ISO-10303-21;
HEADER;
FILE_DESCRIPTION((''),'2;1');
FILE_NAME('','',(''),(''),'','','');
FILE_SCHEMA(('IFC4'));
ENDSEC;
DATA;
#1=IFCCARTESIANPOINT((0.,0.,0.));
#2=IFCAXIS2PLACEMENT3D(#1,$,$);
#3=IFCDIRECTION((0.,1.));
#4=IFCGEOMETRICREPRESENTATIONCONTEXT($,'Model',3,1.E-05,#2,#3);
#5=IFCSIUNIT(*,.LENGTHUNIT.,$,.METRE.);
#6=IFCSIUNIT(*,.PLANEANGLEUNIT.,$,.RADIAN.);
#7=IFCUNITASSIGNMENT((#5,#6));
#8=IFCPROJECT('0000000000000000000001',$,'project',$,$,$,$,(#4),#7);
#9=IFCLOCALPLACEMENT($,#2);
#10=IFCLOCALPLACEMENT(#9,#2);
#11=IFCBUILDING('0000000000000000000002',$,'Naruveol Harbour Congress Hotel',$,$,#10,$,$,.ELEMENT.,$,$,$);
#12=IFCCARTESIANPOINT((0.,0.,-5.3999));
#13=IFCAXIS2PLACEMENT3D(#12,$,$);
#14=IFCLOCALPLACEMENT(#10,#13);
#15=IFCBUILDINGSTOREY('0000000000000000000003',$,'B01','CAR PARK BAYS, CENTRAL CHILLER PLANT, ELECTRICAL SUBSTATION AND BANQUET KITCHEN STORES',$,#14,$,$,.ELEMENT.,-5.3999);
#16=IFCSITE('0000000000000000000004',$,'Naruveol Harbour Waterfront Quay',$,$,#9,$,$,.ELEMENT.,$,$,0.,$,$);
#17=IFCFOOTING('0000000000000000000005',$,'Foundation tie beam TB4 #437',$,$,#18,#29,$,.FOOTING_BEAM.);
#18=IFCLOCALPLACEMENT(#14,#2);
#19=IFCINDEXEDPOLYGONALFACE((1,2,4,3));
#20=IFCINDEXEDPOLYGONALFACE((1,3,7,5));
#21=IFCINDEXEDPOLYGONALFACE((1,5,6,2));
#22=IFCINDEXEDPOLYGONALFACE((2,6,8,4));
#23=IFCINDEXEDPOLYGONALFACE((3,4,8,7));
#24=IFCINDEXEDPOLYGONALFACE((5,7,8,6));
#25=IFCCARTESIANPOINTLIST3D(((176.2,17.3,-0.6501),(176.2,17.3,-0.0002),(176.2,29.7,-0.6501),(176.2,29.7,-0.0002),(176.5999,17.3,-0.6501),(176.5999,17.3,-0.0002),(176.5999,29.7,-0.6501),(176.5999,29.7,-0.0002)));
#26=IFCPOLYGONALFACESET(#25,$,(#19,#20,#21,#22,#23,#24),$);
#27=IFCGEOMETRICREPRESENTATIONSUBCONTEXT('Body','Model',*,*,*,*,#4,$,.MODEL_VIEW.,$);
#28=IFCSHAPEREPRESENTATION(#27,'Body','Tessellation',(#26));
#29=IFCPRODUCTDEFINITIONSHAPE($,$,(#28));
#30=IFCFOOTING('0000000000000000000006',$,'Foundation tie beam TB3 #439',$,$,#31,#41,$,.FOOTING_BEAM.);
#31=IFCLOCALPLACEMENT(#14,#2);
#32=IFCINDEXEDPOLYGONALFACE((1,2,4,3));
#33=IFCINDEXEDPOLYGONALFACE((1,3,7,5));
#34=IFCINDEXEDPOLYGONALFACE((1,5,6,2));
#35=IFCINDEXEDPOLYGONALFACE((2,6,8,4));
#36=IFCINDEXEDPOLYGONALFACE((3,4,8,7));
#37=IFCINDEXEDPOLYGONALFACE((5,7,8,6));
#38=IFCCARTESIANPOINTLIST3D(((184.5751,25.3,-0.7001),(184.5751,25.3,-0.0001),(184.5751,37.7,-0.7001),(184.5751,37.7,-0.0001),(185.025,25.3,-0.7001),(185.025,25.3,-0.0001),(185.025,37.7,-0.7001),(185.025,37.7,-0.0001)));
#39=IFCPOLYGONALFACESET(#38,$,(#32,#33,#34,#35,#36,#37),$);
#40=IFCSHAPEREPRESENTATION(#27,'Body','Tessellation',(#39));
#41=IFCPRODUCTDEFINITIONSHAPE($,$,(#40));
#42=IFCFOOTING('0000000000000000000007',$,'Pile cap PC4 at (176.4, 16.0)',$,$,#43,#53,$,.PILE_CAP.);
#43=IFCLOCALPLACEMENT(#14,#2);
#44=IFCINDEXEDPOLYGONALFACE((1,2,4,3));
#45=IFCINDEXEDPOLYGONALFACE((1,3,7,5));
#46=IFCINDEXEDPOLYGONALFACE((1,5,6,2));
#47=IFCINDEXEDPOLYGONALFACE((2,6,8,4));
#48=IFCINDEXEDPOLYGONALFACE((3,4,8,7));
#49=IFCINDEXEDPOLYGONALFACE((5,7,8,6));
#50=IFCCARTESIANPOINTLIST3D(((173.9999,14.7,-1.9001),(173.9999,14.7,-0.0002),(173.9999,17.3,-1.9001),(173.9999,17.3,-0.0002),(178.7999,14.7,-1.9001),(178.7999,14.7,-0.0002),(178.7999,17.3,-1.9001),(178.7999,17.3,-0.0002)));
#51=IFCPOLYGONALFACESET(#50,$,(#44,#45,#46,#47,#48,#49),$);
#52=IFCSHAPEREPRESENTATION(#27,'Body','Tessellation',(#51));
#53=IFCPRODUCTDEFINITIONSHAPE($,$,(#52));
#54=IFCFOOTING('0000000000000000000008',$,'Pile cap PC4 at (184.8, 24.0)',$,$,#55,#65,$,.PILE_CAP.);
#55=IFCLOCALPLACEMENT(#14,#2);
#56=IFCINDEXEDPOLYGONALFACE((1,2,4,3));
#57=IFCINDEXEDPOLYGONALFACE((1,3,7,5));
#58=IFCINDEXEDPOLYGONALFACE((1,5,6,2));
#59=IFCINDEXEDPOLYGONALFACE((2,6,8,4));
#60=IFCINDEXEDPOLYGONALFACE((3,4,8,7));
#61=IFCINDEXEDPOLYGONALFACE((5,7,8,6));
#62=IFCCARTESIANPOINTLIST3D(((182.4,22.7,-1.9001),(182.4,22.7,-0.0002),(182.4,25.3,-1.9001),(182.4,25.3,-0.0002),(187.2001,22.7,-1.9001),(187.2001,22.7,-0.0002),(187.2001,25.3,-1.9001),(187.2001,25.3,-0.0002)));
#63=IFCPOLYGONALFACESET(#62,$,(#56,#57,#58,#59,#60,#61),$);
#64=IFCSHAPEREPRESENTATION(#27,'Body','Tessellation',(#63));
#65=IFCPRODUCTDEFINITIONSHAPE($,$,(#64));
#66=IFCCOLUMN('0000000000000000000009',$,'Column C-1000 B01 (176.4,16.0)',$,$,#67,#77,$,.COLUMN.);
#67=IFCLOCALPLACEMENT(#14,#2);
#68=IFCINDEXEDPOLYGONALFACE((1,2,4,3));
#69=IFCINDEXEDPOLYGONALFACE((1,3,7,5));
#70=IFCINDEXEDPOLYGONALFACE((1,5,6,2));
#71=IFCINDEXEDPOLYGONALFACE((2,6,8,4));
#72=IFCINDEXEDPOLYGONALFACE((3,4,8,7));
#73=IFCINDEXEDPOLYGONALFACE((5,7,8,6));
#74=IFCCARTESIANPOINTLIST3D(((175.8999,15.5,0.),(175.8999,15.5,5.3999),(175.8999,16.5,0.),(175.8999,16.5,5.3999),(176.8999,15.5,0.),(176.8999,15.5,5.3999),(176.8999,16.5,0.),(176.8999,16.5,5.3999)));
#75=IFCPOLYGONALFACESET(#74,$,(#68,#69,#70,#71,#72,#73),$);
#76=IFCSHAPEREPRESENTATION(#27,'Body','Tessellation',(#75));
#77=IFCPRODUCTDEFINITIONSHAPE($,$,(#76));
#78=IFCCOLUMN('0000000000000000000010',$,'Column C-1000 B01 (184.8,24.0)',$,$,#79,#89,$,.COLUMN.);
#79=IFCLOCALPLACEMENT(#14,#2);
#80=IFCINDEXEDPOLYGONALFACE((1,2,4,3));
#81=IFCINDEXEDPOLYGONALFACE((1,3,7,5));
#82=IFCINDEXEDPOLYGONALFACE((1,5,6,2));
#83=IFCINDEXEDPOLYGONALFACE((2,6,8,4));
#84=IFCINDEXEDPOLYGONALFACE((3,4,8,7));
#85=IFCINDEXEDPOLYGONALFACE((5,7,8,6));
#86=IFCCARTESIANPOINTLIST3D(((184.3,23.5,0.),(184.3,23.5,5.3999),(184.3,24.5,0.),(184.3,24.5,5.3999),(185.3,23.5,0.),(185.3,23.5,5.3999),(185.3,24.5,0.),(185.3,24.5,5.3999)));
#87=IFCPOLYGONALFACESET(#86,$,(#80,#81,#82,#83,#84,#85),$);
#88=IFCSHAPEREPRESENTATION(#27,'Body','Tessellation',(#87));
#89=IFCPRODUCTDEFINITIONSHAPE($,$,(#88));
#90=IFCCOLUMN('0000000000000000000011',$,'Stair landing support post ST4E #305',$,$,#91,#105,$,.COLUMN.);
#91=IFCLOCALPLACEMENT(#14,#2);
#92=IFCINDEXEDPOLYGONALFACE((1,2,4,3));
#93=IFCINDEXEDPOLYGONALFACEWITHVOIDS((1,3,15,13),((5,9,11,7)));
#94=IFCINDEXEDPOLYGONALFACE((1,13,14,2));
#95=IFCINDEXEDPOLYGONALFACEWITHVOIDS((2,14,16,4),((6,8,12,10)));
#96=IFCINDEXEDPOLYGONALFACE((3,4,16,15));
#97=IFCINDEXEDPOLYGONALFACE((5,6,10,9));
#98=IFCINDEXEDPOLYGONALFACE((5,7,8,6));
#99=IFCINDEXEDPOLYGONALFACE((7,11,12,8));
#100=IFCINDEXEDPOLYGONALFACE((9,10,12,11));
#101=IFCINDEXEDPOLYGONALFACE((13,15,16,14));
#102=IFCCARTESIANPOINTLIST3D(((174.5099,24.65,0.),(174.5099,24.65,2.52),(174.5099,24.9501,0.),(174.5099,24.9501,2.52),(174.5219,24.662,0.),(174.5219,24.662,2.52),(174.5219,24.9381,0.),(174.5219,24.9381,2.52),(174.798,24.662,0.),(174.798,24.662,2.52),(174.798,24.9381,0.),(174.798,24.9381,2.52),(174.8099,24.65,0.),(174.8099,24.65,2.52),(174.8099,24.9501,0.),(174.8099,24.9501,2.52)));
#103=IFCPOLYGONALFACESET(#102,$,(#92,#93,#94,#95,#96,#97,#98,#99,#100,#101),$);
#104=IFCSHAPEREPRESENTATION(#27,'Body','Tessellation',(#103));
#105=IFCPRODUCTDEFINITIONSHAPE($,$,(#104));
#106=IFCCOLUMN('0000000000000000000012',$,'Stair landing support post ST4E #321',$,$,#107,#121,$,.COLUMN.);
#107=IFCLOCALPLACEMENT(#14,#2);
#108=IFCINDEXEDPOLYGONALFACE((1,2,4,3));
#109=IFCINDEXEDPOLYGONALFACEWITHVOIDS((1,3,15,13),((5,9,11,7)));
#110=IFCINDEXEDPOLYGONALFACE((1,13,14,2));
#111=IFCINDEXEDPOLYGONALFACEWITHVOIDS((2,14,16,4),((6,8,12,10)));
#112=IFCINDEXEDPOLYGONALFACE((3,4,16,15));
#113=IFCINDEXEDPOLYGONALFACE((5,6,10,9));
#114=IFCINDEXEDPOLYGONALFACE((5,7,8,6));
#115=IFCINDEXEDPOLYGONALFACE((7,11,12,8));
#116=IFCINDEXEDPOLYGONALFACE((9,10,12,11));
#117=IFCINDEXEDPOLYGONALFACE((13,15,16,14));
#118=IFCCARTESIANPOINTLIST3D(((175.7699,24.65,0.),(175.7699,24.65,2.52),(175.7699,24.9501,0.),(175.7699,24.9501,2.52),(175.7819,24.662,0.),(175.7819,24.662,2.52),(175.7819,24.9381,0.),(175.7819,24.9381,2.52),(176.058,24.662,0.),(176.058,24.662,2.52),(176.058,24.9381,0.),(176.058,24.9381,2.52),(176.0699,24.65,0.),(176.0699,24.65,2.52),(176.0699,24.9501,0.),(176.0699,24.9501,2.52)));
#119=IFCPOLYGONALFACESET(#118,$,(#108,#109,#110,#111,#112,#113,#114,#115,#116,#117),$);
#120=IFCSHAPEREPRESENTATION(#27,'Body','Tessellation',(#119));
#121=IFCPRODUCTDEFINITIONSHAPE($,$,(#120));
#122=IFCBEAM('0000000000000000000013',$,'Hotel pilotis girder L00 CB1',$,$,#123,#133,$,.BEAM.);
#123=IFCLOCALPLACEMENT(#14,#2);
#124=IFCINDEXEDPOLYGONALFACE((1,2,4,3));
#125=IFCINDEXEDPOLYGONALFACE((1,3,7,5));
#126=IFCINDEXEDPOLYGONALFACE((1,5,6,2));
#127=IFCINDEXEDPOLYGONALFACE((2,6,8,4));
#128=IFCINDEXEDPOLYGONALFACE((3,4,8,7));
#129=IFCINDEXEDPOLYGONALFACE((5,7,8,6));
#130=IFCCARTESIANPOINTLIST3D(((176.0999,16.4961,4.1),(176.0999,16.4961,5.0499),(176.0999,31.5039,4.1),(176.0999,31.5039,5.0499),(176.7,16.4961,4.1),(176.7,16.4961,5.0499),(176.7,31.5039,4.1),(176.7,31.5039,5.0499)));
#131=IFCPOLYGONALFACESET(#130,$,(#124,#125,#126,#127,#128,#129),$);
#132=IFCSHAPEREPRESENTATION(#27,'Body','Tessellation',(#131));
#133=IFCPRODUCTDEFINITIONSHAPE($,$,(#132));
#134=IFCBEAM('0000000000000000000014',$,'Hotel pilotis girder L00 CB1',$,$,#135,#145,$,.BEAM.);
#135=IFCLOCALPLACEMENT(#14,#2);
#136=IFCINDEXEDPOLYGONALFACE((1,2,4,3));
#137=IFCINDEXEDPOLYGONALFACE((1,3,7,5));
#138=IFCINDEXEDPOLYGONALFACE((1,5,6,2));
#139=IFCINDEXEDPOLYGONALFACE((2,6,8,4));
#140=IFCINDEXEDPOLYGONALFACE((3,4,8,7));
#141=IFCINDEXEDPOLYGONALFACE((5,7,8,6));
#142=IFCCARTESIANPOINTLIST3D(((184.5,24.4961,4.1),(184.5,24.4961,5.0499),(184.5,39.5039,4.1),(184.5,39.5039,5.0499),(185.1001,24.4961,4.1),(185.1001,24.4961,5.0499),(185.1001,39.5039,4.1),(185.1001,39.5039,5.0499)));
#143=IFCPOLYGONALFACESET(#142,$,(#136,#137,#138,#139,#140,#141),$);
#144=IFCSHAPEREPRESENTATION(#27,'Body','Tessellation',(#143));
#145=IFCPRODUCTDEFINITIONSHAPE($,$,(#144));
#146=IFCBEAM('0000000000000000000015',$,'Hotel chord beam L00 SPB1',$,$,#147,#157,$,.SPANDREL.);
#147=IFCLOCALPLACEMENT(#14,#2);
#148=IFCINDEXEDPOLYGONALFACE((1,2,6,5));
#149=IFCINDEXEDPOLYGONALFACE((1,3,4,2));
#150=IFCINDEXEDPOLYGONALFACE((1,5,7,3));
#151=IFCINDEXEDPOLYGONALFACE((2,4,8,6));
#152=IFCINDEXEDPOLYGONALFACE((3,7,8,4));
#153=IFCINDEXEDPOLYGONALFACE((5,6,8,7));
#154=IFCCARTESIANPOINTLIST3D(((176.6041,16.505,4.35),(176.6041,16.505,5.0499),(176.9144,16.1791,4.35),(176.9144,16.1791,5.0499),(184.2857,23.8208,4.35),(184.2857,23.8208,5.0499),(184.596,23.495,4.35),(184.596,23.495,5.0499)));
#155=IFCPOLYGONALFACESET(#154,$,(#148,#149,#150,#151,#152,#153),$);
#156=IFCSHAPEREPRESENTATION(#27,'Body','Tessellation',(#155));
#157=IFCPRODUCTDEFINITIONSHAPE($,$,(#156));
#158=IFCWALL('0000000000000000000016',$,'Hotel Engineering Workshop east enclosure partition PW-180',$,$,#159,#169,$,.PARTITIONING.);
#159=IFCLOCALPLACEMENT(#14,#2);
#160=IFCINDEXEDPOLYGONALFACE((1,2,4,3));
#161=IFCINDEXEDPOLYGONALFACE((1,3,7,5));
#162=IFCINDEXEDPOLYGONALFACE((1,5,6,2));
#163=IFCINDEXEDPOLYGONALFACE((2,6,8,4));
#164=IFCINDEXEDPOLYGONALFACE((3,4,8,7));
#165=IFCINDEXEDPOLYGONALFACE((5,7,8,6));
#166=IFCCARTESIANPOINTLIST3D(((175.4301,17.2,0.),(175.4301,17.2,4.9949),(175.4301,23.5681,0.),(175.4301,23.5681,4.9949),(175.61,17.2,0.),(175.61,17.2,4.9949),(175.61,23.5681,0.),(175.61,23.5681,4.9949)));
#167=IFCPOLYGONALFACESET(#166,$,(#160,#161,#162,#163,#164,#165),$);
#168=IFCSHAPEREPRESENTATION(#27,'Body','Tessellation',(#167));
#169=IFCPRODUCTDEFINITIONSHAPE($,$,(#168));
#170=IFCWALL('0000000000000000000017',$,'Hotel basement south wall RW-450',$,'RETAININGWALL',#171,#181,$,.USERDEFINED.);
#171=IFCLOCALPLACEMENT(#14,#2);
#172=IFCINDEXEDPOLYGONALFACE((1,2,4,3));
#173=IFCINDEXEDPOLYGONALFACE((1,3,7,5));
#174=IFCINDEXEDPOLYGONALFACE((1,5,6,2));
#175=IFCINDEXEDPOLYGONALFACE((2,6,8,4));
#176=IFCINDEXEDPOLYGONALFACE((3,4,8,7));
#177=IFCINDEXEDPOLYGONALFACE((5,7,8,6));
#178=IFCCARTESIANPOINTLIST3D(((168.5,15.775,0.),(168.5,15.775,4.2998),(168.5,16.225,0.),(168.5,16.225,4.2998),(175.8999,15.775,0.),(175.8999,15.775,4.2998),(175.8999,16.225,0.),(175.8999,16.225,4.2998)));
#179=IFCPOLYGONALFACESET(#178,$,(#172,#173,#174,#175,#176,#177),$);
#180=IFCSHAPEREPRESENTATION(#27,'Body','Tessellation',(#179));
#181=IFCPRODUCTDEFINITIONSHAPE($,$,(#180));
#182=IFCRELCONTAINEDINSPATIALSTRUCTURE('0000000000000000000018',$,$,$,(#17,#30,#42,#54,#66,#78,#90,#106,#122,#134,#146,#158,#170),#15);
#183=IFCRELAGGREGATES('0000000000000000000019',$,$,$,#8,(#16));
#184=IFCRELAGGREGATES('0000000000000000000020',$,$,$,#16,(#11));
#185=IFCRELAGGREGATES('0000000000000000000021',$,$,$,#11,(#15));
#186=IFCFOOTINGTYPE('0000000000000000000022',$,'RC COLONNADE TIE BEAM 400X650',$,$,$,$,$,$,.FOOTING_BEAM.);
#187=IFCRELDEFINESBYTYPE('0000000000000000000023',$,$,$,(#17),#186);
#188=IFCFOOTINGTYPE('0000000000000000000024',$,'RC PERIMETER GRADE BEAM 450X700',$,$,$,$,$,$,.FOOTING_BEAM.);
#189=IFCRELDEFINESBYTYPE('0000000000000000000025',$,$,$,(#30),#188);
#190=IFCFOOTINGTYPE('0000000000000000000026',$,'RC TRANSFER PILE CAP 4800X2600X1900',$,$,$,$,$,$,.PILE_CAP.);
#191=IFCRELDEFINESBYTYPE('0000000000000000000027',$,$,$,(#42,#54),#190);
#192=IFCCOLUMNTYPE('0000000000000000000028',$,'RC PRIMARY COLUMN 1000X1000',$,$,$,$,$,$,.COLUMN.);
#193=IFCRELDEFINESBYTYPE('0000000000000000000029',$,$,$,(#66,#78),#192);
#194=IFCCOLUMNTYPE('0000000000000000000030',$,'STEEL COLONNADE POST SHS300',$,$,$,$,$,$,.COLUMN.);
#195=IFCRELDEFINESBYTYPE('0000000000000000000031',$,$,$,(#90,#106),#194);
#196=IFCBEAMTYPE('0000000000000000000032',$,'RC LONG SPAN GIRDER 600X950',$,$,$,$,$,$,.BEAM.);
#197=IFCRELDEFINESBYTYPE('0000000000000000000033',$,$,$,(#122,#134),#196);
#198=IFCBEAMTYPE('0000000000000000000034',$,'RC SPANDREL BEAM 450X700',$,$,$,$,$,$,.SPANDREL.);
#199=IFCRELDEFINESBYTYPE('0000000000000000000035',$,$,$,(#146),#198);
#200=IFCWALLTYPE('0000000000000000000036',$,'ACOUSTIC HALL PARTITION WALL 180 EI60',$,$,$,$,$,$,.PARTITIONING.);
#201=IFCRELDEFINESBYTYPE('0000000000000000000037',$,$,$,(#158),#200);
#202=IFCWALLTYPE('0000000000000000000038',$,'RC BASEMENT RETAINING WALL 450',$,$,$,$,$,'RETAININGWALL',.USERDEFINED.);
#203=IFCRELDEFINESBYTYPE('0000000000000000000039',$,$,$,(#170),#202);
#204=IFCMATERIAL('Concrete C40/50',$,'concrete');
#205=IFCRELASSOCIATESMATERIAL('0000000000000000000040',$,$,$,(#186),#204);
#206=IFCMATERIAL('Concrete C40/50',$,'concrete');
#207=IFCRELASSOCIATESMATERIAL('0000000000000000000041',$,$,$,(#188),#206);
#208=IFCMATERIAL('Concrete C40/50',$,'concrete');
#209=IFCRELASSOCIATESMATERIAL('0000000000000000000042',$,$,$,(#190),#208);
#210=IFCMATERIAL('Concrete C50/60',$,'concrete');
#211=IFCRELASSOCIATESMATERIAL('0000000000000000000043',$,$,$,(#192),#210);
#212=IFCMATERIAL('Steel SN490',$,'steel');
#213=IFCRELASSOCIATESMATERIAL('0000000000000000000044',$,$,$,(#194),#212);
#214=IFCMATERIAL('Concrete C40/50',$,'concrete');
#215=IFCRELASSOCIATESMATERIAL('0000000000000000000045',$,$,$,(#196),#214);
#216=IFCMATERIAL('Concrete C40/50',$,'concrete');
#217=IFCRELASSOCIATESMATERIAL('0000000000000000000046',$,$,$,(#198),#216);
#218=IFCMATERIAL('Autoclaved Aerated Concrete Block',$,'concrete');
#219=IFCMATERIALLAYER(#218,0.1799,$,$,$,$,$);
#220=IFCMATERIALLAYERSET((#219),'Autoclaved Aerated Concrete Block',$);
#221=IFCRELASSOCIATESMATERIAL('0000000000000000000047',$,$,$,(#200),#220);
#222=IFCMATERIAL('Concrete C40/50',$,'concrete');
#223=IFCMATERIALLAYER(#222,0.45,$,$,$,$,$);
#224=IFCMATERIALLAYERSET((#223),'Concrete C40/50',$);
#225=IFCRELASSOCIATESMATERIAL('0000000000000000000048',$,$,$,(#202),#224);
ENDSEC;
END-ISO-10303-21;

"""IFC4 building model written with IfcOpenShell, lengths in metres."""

from ifc_helpers import new_model, si_unit, direction, frame, frame_2d, origin, origin_2d, place, context, subcontext, project, spatial, rectangle, hollow_rectangle, extrude, material, layer, layer_set, material_profile, profile_set, type_object, element, save


model = new_model("IFC4")

# Units and contexts
model_context = context("Model", 3, precision=1e-05, world=origin(), true_north=direction((0.0, 1.0)))
body_context = subcontext(model_context, "Body", "Model", "MODEL_VIEW")
ifc_project = project(units=[si_unit("LENGTHUNIT", "METRE"), si_unit("PLANEANGLEUNIT", "RADIAN")], contexts=[model_context])

# Site, building, storey
site_placement = place(None, origin())
site = spatial("IfcSite", under=ifc_project, at=site_placement, Name="Naruveol Harbour Waterfront Quay", CompositionType="ELEMENT", RefElevation=0.0)
building_placement = place(site_placement, origin())
building = spatial("IfcBuilding", under=site, at=building_placement, Name="Naruveol Harbour Congress Hotel", CompositionType="ELEMENT")
storey_placement = place(building_placement, frame((0.0, 0.0, -5.3999)))
storey = spatial("IfcBuildingStorey", under=building, at=storey_placement, Name="B01", Description="CAR PARK BAYS, CENTRAL CHILLER PLANT, ELECTRICAL SUBSTATION AND BANQUET KITCHEN STORES", CompositionType="ELEMENT", Elevation=-5.3999)

# Footings
ifc_material_1 = material(Name="Concrete C40/50", Category="concrete")
ifc_material_profile_1 = material_profile(ifc_material_1, rectangle(XDim=0.3999, YDim=0.6499, at=origin_2d()), Name="RCB-400x650")
ifc_profile_set_1 = profile_set([ifc_material_profile_1], Name="Concrete C40/50")
footing_type_1 = type_object("IfcFootingType", Name="RC COLONNADE TIE BEAM 400X650", PredefinedType="FOOTING_BEAM", material=ifc_profile_set_1)
footing_1_placement = place(storey_placement, frame((176.3999, 17.3, -0.3252), z_axis=(0.0, 1.0, 0.0), x_axis=(-1.0, 0.0, 0.0)))
element("IfcFooting", 1, at=footing_1_placement, inside=storey, type_object=footing_type_1, Name="Foundation tie beam TB4 #437", PredefinedType="FOOTING_BEAM", context=body_context, shape_type="SweptSolid", body=[
    extrude(rectangle(XDim=0.3999, YDim=0.6499, at=origin_2d()), origin(), (0.0, 0.0, 1.0), 12.3999),
])
ifc_material_2 = material(Name="Concrete C40/50", Category="concrete")
ifc_material_profile_2 = material_profile(ifc_material_2, rectangle(XDim=0.45, YDim=0.7, at=origin_2d()), Name="RCB-450x700")
ifc_profile_set_2 = profile_set([ifc_material_profile_2], Name="Concrete C40/50")
footing_type_2 = type_object("IfcFootingType", Name="RC PERIMETER GRADE BEAM 450X700", PredefinedType="FOOTING_BEAM", material=ifc_profile_set_2)
footing_2_placement = place(storey_placement, frame((184.8, 25.3, -0.3501), z_axis=(0.0, 1.0, 0.0), x_axis=(-1.0, 0.0, 0.0)))
element("IfcFooting", 2, at=footing_2_placement, inside=storey, type_object=footing_type_2, Name="Foundation tie beam TB3 #439", PredefinedType="FOOTING_BEAM", context=body_context, shape_type="SweptSolid", body=[
    extrude(rectangle(XDim=0.45, YDim=0.7, at=origin_2d()), origin(), (0.0, 0.0, 1.0), 12.3999),
])
ifc_material_3 = material(Name="Concrete C40/50", Category="concrete")
footing_type_3 = type_object("IfcFootingType", Name="RC TRANSFER PILE CAP 4800X2600X1900", PredefinedType="PILE_CAP", material=ifc_material_3)
for number, where, z_axis, x_axis, name in (
    (3, (176.3999, 16.0, -1.9001), (0.0, 0.0, 1.0), (1.0, 0.0, 0.0), "Pile cap PC4 at (176.4, 16.0)"),
    (4, (184.8, 24.0, -1.9001), (0.0, 0.0, 1.0), (1.0, 0.0, 0.0), "Pile cap PC4 at (184.8, 24.0)"),
):
    element("IfcFooting", number, at=place(storey_placement, frame(where, z_axis=z_axis, x_axis=x_axis)), inside=storey, type_object=footing_type_3, Name=name, PredefinedType="PILE_CAP", context=body_context, shape_type="SweptSolid", body=[
        extrude(rectangle(XDim=4.8, YDim=2.6001, at=origin_2d()), origin(), (0.0, 0.0, 1.0), 1.8999),
    ])

# Columns
ifc_material_4 = material(Name="Concrete C50/60", Category="concrete")
ifc_material_profile_3 = material_profile(ifc_material_4, rectangle(XDim=1.0, YDim=1.0, at=origin_2d()), Name="RC-1000x1000")
ifc_profile_set_3 = profile_set([ifc_material_profile_3], Name="Concrete C50/60")
column_type_1 = type_object("IfcColumnType", Name="RC PRIMARY COLUMN 1000X1000", PredefinedType="COLUMN", material=ifc_profile_set_3)
for number, where, z_axis, x_axis, name in (
    (5, (176.3999, 16.0, 0.0), (0.0, 0.0, 1.0), (1.0, 0.0, 0.0), "Column C-1000 B01 (176.4,16.0)"),
    (6, (184.8, 24.0, 0.0), (0.0, 0.0, 1.0), (1.0, 0.0, 0.0), "Column C-1000 B01 (184.8,24.0)"),
):
    element("IfcColumn", number, at=place(storey_placement, frame(where, z_axis=z_axis, x_axis=x_axis)), inside=storey, type_object=column_type_1, Name=name, PredefinedType="COLUMN", context=body_context, shape_type="SweptSolid", body=[
        extrude(rectangle(XDim=1.0, YDim=1.0, at=origin_2d()), origin(), (0.0, 0.0, 1.0), 5.3999),
    ])
ifc_material_5 = material(Name="Steel SN490", Category="steel")
ifc_material_profile_4 = material_profile(ifc_material_5, hollow_rectangle(XDim=0.3, YDim=0.3, WallThickness=0.012, at=origin_2d()), Name="SHS-300x300x12")
ifc_profile_set_4 = profile_set([ifc_material_profile_4], Name="Steel SN490")
column_type_2 = type_object("IfcColumnType", Name="STEEL COLONNADE POST SHS300", PredefinedType="COLUMN", material=ifc_profile_set_4)
for number, where, z_axis, x_axis, name in (
    (7, (174.6599, 24.8, 0.0), (0.0, 0.0, 1.0), (1.0, 0.0, 0.0), "Stair landing support post ST4E #305"),
    (8, (175.9199, 24.8, 0.0), (0.0, 0.0, 1.0), (1.0, 0.0, 0.0), "Stair landing support post ST4E #321"),
):
    element("IfcColumn", number, at=place(storey_placement, frame(where, z_axis=z_axis, x_axis=x_axis)), inside=storey, type_object=column_type_2, Name=name, PredefinedType="COLUMN", context=body_context, shape_type="SweptSolid", body=[
        extrude(hollow_rectangle(XDim=0.3, YDim=0.3, WallThickness=0.012, at=origin_2d()), origin(), (0.0, 0.0, 1.0), 2.52),
    ])

# Beams
ifc_material_6 = material(Name="Concrete C40/50", Category="concrete")
ifc_material_profile_5 = material_profile(ifc_material_6, rectangle(XDim=0.6001, YDim=0.95, at=origin_2d()), Name="RCB-600x950")
ifc_profile_set_5 = profile_set([ifc_material_profile_5], Name="Concrete C40/50")
beam_type_1 = type_object("IfcBeamType", Name="RC LONG SPAN GIRDER 600X950", PredefinedType="BEAM", material=ifc_profile_set_5)
for number, where, z_axis, x_axis, name in (
    (9, (176.3999, 16.4961, 4.575), (0.0, 1.0, 0.0), (-1.0, 0.0, 0.0), "Hotel pilotis girder L00 CB1"),
    (10, (184.8, 24.4961, 4.575), (0.0, 1.0, 0.0), (-1.0, 0.0, 0.0), "Hotel pilotis girder L00 CB1"),
):
    element("IfcBeam", number, at=place(storey_placement, frame(where, z_axis=z_axis, x_axis=x_axis)), inside=storey, type_object=beam_type_1, Name=name, PredefinedType="BEAM", context=body_context, shape_type="SweptSolid", body=[
        extrude(rectangle(XDim=0.6001, YDim=0.95, at=origin_2d()), origin(), (0.0, 0.0, 1.0), 15.0078),
    ])
ifc_material_7 = material(Name="Concrete C40/50", Category="concrete")
ifc_material_profile_6 = material_profile(ifc_material_7, rectangle(XDim=0.45, YDim=0.7, at=origin_2d()), Name="RCB-450x700")
ifc_profile_set_6 = profile_set([ifc_material_profile_6], Name="Concrete C40/50")
beam_type_2 = type_object("IfcBeamType", Name="RC SPANDREL BEAM 450X700", PredefinedType="SPANDREL", material=ifc_profile_set_6)
beam_placement = place(storey_placement, frame((176.7593, 16.342, 4.7), z_axis=(0.724135, 0.689659, 0.0), x_axis=(-0.689659, 0.724135, 0.0)))
element("IfcBeam", 11, at=beam_placement, inside=storey, type_object=beam_type_2, Name="Hotel chord beam L00 SPB1", PredefinedType="SPANDREL", context=body_context, shape_type="SweptSolid", body=[
    extrude(rectangle(XDim=0.45, YDim=0.7, at=origin_2d()), origin(), (0.0, 0.0, 1.0), 10.6079),
])

# Walls
ifc_material_8 = material(Name="Autoclaved Aerated Concrete Block", Category="concrete")
ifc_layer_1 = layer(ifc_material_8, 0.1799)
ifc_layer_set_1 = layer_set([ifc_layer_1], Name="Autoclaved Aerated Concrete Block")
wall_type_1 = type_object("IfcWallType", Name="ACOUSTIC HALL PARTITION WALL 180 EI60", PredefinedType="PARTITIONING", material=ifc_layer_set_1)
wall_1_placement = place(storey_placement, frame((175.52, 17.2, 0.0), z_axis=(0.0, 0.0, 1.0), x_axis=(0.0, 1.0, 0.0)))
element("IfcWall", 12, at=wall_1_placement, inside=storey, type_object=wall_type_1, Name="Hotel Engineering Workshop east enclosure partition PW-180", PredefinedType="PARTITIONING", context=body_context, shape_type="SweptSolid", body=[
    extrude(rectangle(XDim=6.3682, YDim=0.1799, at=frame_2d((3.1841, 0.0))), origin(), (0.0, 0.0, 1.0), 4.9949),
])
ifc_material_9 = material(Name="Concrete C40/50", Category="concrete")
ifc_layer_2 = layer(ifc_material_9, 0.45)
ifc_layer_set_2 = layer_set([ifc_layer_2], Name="Concrete C40/50")
wall_type_2 = type_object("IfcWallType", Name="RC BASEMENT RETAINING WALL 450", ElementType="RETAININGWALL", PredefinedType="USERDEFINED", material=ifc_layer_set_2)
wall_2_placement = place(storey_placement, frame((175.8999, 16.0, 0.0), z_axis=(0.0, 0.0, 1.0), x_axis=(-1.0, 0.0, 0.0)))
element("IfcWall", 13, at=wall_2_placement, inside=storey, type_object=wall_type_2, Name="Hotel basement south wall RW-450", ObjectType="RETAININGWALL", PredefinedType="USERDEFINED", context=body_context, shape_type="SweptSolid", body=[
    extrude(rectangle(XDim=7.3999, YDim=0.45, at=frame_2d((3.7, 0.0))), origin(), (0.0, 0.0, 1.0), 4.2998),
])

save(model, "model.ifc")
